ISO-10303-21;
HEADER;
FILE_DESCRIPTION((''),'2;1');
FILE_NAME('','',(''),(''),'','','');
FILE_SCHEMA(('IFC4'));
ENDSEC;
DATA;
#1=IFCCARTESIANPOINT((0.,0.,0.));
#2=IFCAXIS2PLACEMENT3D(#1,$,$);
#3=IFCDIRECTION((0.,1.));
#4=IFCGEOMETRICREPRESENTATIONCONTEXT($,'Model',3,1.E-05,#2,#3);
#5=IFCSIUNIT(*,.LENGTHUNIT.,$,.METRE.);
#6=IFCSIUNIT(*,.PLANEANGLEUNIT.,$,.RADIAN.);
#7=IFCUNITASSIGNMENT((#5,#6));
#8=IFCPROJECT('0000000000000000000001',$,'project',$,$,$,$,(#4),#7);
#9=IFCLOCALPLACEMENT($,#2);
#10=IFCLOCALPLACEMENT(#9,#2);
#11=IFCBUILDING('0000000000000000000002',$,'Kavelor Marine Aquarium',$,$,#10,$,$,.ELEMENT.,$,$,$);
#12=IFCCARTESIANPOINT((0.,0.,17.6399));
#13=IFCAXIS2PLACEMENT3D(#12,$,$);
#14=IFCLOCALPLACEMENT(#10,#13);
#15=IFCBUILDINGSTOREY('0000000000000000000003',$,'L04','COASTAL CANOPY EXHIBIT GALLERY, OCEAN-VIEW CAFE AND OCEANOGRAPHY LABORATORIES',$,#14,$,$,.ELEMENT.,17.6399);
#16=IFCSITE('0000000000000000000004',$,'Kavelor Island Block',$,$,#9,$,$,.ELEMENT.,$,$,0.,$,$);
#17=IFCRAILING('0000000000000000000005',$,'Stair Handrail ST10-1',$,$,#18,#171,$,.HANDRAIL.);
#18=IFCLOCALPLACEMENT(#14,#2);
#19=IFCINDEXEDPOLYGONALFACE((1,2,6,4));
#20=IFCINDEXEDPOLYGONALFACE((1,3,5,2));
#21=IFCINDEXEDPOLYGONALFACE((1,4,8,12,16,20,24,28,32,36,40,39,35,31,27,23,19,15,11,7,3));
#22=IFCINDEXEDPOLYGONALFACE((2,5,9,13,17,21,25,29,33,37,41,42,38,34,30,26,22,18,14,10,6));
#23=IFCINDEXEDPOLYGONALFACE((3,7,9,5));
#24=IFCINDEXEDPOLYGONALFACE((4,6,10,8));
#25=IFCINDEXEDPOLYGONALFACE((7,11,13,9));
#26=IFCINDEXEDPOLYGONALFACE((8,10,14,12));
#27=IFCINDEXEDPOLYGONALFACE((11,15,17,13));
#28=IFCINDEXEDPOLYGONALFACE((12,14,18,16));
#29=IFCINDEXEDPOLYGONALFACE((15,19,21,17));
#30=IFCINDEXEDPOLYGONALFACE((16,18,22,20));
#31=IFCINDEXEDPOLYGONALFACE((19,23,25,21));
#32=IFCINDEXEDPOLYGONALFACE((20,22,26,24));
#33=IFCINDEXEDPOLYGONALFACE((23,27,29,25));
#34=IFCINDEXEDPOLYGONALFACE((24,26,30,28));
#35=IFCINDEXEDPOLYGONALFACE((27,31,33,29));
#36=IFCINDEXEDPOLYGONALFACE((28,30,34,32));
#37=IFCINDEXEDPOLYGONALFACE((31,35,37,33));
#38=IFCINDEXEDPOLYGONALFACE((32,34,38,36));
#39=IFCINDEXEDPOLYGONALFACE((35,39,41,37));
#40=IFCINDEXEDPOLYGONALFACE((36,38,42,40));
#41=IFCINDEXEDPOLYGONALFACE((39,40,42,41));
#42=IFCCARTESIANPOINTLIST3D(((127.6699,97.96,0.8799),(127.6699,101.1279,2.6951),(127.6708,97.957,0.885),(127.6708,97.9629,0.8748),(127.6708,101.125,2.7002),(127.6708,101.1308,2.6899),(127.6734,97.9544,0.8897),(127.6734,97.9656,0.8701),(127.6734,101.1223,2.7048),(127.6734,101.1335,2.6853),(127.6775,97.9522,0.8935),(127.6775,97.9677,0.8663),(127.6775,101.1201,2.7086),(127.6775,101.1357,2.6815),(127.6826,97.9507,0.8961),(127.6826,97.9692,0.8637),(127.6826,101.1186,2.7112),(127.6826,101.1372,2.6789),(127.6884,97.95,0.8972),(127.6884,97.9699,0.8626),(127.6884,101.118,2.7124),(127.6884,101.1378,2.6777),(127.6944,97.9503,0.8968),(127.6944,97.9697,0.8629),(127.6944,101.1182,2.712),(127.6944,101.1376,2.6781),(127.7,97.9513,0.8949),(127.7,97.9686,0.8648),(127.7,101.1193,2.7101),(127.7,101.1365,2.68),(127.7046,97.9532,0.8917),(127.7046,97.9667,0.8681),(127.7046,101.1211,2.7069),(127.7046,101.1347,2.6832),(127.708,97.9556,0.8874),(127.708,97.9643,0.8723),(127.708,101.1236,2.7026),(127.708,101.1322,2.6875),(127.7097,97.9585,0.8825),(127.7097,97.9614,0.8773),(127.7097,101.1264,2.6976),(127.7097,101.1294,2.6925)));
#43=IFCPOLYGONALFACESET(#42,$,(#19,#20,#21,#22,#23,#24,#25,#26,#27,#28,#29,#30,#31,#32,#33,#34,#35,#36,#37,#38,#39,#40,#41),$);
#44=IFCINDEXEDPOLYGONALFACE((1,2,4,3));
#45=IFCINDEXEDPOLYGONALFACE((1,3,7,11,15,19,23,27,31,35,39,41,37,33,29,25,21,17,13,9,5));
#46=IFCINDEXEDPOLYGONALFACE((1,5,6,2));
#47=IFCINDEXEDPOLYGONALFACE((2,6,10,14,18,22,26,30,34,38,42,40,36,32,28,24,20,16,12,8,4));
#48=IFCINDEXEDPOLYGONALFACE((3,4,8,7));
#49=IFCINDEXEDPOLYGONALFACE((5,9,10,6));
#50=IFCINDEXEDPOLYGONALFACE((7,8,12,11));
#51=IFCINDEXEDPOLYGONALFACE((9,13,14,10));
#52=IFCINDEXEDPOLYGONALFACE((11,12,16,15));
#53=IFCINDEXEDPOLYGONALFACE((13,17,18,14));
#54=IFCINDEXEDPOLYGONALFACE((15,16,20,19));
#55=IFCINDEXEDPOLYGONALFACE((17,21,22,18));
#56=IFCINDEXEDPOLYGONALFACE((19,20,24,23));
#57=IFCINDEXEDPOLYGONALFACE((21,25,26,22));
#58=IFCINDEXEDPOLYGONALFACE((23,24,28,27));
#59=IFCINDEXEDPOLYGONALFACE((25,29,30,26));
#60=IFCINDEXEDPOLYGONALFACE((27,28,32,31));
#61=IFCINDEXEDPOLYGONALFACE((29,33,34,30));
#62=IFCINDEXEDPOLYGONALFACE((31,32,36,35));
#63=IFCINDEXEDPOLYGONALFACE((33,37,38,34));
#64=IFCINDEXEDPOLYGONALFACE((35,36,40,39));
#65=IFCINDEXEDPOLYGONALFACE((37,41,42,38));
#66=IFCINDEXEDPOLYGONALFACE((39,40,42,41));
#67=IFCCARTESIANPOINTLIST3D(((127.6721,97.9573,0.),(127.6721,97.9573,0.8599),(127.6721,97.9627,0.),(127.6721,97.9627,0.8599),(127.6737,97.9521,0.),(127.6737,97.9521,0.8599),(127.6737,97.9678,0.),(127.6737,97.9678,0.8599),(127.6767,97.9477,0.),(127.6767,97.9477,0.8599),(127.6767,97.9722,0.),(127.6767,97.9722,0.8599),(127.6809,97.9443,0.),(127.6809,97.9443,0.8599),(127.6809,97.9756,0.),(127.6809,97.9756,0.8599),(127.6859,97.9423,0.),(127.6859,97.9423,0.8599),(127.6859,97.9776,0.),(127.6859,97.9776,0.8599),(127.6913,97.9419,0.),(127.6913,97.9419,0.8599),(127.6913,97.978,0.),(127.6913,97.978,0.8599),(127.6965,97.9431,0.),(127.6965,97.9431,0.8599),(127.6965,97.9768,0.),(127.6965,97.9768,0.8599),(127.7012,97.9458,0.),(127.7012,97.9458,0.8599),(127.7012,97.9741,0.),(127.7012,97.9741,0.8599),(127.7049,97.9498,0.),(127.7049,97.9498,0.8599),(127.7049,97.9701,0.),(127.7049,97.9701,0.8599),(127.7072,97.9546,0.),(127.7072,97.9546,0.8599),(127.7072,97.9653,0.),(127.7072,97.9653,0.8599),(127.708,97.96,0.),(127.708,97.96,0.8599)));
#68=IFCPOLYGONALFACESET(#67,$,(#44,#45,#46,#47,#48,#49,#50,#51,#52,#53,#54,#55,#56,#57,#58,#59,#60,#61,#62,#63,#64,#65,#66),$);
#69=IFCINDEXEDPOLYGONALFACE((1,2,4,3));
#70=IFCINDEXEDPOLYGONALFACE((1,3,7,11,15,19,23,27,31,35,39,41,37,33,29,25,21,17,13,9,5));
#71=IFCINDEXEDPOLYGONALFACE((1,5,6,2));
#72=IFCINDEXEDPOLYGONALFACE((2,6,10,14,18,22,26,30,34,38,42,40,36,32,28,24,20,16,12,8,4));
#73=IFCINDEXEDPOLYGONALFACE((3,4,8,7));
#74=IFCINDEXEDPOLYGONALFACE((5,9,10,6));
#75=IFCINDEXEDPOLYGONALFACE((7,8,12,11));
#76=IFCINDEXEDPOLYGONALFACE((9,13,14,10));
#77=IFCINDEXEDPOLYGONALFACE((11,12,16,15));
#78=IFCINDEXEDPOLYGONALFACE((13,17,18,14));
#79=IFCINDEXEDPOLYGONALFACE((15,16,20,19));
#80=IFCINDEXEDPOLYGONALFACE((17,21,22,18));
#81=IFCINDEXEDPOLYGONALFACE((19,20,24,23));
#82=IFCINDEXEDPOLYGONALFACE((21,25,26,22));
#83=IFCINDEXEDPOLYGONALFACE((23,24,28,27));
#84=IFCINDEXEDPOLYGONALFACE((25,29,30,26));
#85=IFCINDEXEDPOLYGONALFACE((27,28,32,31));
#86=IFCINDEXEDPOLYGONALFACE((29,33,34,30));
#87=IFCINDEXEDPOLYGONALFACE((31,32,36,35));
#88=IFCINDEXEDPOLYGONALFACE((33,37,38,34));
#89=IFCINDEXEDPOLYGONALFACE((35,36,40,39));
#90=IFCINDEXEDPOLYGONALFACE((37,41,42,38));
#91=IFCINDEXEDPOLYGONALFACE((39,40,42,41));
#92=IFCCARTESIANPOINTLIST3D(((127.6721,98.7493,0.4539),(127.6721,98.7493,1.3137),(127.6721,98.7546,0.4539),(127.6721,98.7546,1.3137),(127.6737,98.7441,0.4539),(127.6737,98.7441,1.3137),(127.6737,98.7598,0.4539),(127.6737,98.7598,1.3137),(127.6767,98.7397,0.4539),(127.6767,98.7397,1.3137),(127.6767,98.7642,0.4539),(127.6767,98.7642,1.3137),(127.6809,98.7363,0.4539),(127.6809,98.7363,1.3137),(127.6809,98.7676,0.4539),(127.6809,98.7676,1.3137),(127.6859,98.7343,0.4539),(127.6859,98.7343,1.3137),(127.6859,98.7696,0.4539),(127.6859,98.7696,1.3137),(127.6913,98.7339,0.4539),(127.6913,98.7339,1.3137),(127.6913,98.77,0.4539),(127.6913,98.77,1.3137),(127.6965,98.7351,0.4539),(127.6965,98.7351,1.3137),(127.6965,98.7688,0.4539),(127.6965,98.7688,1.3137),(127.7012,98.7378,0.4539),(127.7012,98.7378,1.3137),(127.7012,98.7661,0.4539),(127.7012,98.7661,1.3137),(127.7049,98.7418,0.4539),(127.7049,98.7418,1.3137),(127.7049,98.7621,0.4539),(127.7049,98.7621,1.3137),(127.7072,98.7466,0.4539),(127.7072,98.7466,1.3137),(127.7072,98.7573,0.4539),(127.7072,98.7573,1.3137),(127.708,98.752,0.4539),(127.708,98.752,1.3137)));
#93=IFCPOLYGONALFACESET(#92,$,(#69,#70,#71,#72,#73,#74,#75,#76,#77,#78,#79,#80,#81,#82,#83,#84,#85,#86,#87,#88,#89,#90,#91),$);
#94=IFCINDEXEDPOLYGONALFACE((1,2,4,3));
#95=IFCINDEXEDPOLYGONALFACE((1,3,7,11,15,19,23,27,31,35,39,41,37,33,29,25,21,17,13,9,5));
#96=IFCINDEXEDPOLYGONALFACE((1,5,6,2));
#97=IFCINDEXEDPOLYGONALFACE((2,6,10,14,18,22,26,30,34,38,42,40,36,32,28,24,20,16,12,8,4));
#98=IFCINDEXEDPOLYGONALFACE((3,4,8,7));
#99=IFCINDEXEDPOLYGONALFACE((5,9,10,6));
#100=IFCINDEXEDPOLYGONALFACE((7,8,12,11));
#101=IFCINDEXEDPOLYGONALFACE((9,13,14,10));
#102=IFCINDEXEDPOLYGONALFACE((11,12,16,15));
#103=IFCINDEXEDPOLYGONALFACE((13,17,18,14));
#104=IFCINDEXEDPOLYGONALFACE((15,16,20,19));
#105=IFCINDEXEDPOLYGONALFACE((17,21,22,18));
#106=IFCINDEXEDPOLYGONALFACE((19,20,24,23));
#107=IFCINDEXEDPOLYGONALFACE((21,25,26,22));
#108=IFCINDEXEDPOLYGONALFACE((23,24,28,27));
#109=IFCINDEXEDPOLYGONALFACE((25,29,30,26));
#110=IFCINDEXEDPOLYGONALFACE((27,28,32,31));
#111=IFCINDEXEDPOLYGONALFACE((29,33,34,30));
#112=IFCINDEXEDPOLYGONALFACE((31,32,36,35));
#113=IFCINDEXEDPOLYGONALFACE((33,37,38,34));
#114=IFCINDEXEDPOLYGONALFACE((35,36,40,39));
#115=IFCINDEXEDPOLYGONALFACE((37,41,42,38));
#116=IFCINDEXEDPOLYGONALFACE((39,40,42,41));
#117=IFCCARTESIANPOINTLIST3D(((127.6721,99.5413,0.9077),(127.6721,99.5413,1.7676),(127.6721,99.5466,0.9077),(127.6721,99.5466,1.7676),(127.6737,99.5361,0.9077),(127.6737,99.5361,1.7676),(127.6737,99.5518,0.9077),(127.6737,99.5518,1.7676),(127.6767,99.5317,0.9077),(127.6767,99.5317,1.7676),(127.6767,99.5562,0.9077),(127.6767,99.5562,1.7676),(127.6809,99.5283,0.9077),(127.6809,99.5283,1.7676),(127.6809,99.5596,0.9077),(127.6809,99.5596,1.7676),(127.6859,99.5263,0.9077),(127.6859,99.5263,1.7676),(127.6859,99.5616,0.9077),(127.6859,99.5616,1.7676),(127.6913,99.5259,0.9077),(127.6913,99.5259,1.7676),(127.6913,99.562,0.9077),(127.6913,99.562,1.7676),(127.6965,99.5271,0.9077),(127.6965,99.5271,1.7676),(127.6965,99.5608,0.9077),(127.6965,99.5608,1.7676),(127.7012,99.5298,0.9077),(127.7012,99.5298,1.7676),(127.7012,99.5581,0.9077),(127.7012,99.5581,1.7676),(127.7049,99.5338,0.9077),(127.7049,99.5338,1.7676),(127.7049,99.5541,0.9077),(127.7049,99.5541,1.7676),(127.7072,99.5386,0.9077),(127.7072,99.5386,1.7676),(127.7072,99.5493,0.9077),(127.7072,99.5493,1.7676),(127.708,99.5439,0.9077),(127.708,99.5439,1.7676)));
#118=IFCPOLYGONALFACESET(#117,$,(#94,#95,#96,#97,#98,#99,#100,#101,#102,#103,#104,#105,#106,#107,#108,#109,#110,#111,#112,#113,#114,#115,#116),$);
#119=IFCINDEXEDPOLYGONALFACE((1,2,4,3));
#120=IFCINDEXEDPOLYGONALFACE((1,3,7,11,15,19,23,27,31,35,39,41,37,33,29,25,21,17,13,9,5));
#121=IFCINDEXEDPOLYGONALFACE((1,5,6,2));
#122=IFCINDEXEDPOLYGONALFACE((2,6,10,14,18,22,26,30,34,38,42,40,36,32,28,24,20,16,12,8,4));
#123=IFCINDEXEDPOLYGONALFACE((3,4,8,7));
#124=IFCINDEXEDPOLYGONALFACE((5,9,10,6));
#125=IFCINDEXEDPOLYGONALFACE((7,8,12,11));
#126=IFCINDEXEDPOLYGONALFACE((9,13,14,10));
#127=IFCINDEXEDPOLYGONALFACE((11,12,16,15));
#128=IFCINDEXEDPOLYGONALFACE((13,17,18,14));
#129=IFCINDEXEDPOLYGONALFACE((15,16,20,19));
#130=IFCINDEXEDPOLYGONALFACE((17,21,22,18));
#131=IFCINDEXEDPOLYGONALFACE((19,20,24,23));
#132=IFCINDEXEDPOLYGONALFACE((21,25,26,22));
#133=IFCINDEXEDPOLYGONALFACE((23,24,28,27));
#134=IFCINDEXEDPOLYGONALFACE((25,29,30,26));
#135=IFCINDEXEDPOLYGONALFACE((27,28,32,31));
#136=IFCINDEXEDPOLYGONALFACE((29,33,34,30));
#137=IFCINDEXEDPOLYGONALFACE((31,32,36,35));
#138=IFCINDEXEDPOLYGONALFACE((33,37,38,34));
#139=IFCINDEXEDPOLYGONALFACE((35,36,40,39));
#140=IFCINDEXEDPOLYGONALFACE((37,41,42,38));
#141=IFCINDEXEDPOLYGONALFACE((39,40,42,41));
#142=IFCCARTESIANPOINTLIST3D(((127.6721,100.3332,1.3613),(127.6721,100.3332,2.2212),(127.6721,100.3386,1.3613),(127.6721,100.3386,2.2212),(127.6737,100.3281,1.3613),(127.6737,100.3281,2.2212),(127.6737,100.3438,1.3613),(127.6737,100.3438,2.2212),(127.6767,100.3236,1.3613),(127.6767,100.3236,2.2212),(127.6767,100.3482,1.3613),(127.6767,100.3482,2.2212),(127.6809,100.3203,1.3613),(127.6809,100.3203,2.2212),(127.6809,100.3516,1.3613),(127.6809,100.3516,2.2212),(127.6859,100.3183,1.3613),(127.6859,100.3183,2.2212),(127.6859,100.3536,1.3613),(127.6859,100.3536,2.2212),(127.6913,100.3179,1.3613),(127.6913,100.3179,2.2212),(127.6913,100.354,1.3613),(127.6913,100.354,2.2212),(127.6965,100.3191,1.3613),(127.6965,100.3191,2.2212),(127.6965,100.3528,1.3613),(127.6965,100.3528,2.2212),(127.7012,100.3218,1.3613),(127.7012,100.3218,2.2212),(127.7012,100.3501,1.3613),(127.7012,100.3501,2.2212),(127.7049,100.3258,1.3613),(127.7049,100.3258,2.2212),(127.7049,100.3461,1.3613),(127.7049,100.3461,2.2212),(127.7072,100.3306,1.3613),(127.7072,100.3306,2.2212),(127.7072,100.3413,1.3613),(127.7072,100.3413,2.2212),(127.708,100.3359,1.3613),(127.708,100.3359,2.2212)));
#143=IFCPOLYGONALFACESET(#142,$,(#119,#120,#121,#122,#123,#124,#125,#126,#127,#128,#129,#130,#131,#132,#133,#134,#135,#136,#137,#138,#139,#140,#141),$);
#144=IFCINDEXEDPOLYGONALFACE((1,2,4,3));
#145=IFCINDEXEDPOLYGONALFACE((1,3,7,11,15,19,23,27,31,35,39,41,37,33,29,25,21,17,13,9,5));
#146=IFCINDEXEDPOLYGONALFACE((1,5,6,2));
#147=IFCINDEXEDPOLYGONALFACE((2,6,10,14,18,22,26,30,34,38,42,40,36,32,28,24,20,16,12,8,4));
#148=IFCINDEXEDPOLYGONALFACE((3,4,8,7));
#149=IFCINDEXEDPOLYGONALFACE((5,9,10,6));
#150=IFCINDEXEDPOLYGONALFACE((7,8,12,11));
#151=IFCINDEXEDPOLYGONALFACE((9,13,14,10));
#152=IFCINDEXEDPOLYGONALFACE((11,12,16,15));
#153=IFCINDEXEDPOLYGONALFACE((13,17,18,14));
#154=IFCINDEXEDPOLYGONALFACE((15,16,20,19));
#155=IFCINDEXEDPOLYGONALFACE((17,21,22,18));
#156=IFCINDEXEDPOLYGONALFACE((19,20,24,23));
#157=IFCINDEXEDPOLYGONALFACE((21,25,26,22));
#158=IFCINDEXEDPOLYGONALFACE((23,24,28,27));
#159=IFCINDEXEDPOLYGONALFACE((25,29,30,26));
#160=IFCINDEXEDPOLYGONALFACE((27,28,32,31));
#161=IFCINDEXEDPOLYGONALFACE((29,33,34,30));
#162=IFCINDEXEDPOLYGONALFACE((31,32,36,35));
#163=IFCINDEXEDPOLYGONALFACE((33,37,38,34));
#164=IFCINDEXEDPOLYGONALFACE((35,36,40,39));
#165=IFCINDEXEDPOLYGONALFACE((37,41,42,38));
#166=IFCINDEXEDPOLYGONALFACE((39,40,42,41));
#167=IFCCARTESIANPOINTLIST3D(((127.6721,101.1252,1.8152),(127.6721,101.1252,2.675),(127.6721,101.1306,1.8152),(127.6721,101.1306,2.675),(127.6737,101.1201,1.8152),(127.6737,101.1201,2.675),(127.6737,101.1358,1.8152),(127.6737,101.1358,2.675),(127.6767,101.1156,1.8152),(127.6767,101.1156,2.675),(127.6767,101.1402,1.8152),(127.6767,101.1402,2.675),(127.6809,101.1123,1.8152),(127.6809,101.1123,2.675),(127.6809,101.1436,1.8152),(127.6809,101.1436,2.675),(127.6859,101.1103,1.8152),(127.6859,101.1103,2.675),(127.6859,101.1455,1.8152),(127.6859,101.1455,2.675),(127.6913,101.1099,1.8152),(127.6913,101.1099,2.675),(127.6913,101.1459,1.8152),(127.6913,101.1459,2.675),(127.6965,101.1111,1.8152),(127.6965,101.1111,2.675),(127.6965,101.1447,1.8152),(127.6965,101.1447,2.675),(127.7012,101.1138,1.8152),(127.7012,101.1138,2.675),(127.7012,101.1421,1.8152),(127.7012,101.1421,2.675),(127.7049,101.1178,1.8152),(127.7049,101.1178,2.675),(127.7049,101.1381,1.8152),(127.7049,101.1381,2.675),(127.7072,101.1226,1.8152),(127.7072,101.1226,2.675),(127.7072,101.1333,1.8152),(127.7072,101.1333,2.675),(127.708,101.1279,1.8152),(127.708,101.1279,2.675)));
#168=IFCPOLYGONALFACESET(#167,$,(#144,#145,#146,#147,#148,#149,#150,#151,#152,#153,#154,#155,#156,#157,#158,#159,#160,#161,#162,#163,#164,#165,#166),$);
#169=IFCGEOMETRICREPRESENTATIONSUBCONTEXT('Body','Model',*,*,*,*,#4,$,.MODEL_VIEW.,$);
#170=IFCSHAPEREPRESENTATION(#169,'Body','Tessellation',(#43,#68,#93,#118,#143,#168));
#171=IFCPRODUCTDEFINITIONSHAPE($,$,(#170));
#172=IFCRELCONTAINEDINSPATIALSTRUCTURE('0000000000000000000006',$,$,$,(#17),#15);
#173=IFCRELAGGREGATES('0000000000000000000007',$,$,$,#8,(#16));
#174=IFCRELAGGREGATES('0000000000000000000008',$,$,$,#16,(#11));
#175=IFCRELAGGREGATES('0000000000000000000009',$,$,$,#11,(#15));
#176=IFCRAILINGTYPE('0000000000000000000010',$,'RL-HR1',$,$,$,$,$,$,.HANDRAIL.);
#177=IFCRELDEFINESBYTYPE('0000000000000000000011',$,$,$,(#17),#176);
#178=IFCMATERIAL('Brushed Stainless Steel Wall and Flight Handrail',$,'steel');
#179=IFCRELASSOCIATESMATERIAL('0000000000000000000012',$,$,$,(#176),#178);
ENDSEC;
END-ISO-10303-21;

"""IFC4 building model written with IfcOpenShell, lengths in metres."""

from ifc_helpers import new_model, si_unit, direction, frame, origin, origin_2d, place, context, subcontext, project, spatial, circle, extrude, material, type_object, element, save


model = new_model("IFC4")

# Units and contexts
model_context = context("Model", 3, precision=1e-05, world=origin(), true_north=direction((0.0, 1.0)))
body_context = subcontext(model_context, "Body", "Model", "MODEL_VIEW")
ifc_project = project(units=[si_unit("LENGTHUNIT", "METRE"), si_unit("PLANEANGLEUNIT", "RADIAN")], contexts=[model_context])

# Site, building, storey
site_placement = place(None, origin())
site = spatial("IfcSite", under=ifc_project, at=site_placement, Name="Kavelor Island Block", CompositionType="ELEMENT", RefElevation=0.0)
building_placement = place(site_placement, origin())
building = spatial("IfcBuilding", under=site, at=building_placement, Name="Kavelor Marine Aquarium", CompositionType="ELEMENT")
storey_placement = place(building_placement, frame((0.0, 0.0, 17.6399)))
storey = spatial("IfcBuildingStorey", under=building, at=storey_placement, Name="L04", Description="COASTAL CANOPY EXHIBIT GALLERY, OCEAN-VIEW CAFE AND OCEANOGRAPHY LABORATORIES", CompositionType="ELEMENT", Elevation=17.6399)

# Railing
ifc_material_1 = material(Name="Brushed Stainless Steel Wall and Flight Handrail", Category="steel")
railing_type_1 = type_object("IfcRailingType", Name="RL-HR1", PredefinedType="HANDRAIL", material=ifc_material_1)
railing_1_placement = place(storey_placement, frame((127.6899, 97.96, 0.0)))
element("IfcRailing", 1, at=railing_1_placement, inside=storey, type_object=railing_type_1, Name="Stair Handrail ST10-1", PredefinedType="HANDRAIL", context=body_context, shape_type="SweptSolid", body=[
    extrude(circle(Radius=0.02, at=origin_2d()), frame((0.0, 0.0, 0.8799), z_axis=(0.0, 0.867662, 0.497154), x_axis=(-1.0, 0.0, 0.0)), (0.0, 0.0, 1.0), 3.6511),
    extrude(circle(Radius=0.0181, at=origin_2d()), origin(), (0.0, 0.0, 1.0), 0.8599),
    extrude(circle(Radius=0.0181, at=origin_2d()), frame((0.0, 0.792, 0.4539)), (0.0, 0.0, 1.0), 0.8599),
    extrude(circle(Radius=0.0181, at=origin_2d()), frame((0.0, 1.584, 0.9077)), (0.0, 0.0, 1.0), 0.8599),
    extrude(circle(Radius=0.0181, at=origin_2d()), frame((0.0, 2.376, 1.3613)), (0.0, 0.0, 1.0), 0.8599),
    extrude(circle(Radius=0.0181, at=origin_2d()), frame((0.0, 3.168, 1.8152)), (0.0, 0.0, 1.0), 0.8599),
])

save(model, "model.ifc")
